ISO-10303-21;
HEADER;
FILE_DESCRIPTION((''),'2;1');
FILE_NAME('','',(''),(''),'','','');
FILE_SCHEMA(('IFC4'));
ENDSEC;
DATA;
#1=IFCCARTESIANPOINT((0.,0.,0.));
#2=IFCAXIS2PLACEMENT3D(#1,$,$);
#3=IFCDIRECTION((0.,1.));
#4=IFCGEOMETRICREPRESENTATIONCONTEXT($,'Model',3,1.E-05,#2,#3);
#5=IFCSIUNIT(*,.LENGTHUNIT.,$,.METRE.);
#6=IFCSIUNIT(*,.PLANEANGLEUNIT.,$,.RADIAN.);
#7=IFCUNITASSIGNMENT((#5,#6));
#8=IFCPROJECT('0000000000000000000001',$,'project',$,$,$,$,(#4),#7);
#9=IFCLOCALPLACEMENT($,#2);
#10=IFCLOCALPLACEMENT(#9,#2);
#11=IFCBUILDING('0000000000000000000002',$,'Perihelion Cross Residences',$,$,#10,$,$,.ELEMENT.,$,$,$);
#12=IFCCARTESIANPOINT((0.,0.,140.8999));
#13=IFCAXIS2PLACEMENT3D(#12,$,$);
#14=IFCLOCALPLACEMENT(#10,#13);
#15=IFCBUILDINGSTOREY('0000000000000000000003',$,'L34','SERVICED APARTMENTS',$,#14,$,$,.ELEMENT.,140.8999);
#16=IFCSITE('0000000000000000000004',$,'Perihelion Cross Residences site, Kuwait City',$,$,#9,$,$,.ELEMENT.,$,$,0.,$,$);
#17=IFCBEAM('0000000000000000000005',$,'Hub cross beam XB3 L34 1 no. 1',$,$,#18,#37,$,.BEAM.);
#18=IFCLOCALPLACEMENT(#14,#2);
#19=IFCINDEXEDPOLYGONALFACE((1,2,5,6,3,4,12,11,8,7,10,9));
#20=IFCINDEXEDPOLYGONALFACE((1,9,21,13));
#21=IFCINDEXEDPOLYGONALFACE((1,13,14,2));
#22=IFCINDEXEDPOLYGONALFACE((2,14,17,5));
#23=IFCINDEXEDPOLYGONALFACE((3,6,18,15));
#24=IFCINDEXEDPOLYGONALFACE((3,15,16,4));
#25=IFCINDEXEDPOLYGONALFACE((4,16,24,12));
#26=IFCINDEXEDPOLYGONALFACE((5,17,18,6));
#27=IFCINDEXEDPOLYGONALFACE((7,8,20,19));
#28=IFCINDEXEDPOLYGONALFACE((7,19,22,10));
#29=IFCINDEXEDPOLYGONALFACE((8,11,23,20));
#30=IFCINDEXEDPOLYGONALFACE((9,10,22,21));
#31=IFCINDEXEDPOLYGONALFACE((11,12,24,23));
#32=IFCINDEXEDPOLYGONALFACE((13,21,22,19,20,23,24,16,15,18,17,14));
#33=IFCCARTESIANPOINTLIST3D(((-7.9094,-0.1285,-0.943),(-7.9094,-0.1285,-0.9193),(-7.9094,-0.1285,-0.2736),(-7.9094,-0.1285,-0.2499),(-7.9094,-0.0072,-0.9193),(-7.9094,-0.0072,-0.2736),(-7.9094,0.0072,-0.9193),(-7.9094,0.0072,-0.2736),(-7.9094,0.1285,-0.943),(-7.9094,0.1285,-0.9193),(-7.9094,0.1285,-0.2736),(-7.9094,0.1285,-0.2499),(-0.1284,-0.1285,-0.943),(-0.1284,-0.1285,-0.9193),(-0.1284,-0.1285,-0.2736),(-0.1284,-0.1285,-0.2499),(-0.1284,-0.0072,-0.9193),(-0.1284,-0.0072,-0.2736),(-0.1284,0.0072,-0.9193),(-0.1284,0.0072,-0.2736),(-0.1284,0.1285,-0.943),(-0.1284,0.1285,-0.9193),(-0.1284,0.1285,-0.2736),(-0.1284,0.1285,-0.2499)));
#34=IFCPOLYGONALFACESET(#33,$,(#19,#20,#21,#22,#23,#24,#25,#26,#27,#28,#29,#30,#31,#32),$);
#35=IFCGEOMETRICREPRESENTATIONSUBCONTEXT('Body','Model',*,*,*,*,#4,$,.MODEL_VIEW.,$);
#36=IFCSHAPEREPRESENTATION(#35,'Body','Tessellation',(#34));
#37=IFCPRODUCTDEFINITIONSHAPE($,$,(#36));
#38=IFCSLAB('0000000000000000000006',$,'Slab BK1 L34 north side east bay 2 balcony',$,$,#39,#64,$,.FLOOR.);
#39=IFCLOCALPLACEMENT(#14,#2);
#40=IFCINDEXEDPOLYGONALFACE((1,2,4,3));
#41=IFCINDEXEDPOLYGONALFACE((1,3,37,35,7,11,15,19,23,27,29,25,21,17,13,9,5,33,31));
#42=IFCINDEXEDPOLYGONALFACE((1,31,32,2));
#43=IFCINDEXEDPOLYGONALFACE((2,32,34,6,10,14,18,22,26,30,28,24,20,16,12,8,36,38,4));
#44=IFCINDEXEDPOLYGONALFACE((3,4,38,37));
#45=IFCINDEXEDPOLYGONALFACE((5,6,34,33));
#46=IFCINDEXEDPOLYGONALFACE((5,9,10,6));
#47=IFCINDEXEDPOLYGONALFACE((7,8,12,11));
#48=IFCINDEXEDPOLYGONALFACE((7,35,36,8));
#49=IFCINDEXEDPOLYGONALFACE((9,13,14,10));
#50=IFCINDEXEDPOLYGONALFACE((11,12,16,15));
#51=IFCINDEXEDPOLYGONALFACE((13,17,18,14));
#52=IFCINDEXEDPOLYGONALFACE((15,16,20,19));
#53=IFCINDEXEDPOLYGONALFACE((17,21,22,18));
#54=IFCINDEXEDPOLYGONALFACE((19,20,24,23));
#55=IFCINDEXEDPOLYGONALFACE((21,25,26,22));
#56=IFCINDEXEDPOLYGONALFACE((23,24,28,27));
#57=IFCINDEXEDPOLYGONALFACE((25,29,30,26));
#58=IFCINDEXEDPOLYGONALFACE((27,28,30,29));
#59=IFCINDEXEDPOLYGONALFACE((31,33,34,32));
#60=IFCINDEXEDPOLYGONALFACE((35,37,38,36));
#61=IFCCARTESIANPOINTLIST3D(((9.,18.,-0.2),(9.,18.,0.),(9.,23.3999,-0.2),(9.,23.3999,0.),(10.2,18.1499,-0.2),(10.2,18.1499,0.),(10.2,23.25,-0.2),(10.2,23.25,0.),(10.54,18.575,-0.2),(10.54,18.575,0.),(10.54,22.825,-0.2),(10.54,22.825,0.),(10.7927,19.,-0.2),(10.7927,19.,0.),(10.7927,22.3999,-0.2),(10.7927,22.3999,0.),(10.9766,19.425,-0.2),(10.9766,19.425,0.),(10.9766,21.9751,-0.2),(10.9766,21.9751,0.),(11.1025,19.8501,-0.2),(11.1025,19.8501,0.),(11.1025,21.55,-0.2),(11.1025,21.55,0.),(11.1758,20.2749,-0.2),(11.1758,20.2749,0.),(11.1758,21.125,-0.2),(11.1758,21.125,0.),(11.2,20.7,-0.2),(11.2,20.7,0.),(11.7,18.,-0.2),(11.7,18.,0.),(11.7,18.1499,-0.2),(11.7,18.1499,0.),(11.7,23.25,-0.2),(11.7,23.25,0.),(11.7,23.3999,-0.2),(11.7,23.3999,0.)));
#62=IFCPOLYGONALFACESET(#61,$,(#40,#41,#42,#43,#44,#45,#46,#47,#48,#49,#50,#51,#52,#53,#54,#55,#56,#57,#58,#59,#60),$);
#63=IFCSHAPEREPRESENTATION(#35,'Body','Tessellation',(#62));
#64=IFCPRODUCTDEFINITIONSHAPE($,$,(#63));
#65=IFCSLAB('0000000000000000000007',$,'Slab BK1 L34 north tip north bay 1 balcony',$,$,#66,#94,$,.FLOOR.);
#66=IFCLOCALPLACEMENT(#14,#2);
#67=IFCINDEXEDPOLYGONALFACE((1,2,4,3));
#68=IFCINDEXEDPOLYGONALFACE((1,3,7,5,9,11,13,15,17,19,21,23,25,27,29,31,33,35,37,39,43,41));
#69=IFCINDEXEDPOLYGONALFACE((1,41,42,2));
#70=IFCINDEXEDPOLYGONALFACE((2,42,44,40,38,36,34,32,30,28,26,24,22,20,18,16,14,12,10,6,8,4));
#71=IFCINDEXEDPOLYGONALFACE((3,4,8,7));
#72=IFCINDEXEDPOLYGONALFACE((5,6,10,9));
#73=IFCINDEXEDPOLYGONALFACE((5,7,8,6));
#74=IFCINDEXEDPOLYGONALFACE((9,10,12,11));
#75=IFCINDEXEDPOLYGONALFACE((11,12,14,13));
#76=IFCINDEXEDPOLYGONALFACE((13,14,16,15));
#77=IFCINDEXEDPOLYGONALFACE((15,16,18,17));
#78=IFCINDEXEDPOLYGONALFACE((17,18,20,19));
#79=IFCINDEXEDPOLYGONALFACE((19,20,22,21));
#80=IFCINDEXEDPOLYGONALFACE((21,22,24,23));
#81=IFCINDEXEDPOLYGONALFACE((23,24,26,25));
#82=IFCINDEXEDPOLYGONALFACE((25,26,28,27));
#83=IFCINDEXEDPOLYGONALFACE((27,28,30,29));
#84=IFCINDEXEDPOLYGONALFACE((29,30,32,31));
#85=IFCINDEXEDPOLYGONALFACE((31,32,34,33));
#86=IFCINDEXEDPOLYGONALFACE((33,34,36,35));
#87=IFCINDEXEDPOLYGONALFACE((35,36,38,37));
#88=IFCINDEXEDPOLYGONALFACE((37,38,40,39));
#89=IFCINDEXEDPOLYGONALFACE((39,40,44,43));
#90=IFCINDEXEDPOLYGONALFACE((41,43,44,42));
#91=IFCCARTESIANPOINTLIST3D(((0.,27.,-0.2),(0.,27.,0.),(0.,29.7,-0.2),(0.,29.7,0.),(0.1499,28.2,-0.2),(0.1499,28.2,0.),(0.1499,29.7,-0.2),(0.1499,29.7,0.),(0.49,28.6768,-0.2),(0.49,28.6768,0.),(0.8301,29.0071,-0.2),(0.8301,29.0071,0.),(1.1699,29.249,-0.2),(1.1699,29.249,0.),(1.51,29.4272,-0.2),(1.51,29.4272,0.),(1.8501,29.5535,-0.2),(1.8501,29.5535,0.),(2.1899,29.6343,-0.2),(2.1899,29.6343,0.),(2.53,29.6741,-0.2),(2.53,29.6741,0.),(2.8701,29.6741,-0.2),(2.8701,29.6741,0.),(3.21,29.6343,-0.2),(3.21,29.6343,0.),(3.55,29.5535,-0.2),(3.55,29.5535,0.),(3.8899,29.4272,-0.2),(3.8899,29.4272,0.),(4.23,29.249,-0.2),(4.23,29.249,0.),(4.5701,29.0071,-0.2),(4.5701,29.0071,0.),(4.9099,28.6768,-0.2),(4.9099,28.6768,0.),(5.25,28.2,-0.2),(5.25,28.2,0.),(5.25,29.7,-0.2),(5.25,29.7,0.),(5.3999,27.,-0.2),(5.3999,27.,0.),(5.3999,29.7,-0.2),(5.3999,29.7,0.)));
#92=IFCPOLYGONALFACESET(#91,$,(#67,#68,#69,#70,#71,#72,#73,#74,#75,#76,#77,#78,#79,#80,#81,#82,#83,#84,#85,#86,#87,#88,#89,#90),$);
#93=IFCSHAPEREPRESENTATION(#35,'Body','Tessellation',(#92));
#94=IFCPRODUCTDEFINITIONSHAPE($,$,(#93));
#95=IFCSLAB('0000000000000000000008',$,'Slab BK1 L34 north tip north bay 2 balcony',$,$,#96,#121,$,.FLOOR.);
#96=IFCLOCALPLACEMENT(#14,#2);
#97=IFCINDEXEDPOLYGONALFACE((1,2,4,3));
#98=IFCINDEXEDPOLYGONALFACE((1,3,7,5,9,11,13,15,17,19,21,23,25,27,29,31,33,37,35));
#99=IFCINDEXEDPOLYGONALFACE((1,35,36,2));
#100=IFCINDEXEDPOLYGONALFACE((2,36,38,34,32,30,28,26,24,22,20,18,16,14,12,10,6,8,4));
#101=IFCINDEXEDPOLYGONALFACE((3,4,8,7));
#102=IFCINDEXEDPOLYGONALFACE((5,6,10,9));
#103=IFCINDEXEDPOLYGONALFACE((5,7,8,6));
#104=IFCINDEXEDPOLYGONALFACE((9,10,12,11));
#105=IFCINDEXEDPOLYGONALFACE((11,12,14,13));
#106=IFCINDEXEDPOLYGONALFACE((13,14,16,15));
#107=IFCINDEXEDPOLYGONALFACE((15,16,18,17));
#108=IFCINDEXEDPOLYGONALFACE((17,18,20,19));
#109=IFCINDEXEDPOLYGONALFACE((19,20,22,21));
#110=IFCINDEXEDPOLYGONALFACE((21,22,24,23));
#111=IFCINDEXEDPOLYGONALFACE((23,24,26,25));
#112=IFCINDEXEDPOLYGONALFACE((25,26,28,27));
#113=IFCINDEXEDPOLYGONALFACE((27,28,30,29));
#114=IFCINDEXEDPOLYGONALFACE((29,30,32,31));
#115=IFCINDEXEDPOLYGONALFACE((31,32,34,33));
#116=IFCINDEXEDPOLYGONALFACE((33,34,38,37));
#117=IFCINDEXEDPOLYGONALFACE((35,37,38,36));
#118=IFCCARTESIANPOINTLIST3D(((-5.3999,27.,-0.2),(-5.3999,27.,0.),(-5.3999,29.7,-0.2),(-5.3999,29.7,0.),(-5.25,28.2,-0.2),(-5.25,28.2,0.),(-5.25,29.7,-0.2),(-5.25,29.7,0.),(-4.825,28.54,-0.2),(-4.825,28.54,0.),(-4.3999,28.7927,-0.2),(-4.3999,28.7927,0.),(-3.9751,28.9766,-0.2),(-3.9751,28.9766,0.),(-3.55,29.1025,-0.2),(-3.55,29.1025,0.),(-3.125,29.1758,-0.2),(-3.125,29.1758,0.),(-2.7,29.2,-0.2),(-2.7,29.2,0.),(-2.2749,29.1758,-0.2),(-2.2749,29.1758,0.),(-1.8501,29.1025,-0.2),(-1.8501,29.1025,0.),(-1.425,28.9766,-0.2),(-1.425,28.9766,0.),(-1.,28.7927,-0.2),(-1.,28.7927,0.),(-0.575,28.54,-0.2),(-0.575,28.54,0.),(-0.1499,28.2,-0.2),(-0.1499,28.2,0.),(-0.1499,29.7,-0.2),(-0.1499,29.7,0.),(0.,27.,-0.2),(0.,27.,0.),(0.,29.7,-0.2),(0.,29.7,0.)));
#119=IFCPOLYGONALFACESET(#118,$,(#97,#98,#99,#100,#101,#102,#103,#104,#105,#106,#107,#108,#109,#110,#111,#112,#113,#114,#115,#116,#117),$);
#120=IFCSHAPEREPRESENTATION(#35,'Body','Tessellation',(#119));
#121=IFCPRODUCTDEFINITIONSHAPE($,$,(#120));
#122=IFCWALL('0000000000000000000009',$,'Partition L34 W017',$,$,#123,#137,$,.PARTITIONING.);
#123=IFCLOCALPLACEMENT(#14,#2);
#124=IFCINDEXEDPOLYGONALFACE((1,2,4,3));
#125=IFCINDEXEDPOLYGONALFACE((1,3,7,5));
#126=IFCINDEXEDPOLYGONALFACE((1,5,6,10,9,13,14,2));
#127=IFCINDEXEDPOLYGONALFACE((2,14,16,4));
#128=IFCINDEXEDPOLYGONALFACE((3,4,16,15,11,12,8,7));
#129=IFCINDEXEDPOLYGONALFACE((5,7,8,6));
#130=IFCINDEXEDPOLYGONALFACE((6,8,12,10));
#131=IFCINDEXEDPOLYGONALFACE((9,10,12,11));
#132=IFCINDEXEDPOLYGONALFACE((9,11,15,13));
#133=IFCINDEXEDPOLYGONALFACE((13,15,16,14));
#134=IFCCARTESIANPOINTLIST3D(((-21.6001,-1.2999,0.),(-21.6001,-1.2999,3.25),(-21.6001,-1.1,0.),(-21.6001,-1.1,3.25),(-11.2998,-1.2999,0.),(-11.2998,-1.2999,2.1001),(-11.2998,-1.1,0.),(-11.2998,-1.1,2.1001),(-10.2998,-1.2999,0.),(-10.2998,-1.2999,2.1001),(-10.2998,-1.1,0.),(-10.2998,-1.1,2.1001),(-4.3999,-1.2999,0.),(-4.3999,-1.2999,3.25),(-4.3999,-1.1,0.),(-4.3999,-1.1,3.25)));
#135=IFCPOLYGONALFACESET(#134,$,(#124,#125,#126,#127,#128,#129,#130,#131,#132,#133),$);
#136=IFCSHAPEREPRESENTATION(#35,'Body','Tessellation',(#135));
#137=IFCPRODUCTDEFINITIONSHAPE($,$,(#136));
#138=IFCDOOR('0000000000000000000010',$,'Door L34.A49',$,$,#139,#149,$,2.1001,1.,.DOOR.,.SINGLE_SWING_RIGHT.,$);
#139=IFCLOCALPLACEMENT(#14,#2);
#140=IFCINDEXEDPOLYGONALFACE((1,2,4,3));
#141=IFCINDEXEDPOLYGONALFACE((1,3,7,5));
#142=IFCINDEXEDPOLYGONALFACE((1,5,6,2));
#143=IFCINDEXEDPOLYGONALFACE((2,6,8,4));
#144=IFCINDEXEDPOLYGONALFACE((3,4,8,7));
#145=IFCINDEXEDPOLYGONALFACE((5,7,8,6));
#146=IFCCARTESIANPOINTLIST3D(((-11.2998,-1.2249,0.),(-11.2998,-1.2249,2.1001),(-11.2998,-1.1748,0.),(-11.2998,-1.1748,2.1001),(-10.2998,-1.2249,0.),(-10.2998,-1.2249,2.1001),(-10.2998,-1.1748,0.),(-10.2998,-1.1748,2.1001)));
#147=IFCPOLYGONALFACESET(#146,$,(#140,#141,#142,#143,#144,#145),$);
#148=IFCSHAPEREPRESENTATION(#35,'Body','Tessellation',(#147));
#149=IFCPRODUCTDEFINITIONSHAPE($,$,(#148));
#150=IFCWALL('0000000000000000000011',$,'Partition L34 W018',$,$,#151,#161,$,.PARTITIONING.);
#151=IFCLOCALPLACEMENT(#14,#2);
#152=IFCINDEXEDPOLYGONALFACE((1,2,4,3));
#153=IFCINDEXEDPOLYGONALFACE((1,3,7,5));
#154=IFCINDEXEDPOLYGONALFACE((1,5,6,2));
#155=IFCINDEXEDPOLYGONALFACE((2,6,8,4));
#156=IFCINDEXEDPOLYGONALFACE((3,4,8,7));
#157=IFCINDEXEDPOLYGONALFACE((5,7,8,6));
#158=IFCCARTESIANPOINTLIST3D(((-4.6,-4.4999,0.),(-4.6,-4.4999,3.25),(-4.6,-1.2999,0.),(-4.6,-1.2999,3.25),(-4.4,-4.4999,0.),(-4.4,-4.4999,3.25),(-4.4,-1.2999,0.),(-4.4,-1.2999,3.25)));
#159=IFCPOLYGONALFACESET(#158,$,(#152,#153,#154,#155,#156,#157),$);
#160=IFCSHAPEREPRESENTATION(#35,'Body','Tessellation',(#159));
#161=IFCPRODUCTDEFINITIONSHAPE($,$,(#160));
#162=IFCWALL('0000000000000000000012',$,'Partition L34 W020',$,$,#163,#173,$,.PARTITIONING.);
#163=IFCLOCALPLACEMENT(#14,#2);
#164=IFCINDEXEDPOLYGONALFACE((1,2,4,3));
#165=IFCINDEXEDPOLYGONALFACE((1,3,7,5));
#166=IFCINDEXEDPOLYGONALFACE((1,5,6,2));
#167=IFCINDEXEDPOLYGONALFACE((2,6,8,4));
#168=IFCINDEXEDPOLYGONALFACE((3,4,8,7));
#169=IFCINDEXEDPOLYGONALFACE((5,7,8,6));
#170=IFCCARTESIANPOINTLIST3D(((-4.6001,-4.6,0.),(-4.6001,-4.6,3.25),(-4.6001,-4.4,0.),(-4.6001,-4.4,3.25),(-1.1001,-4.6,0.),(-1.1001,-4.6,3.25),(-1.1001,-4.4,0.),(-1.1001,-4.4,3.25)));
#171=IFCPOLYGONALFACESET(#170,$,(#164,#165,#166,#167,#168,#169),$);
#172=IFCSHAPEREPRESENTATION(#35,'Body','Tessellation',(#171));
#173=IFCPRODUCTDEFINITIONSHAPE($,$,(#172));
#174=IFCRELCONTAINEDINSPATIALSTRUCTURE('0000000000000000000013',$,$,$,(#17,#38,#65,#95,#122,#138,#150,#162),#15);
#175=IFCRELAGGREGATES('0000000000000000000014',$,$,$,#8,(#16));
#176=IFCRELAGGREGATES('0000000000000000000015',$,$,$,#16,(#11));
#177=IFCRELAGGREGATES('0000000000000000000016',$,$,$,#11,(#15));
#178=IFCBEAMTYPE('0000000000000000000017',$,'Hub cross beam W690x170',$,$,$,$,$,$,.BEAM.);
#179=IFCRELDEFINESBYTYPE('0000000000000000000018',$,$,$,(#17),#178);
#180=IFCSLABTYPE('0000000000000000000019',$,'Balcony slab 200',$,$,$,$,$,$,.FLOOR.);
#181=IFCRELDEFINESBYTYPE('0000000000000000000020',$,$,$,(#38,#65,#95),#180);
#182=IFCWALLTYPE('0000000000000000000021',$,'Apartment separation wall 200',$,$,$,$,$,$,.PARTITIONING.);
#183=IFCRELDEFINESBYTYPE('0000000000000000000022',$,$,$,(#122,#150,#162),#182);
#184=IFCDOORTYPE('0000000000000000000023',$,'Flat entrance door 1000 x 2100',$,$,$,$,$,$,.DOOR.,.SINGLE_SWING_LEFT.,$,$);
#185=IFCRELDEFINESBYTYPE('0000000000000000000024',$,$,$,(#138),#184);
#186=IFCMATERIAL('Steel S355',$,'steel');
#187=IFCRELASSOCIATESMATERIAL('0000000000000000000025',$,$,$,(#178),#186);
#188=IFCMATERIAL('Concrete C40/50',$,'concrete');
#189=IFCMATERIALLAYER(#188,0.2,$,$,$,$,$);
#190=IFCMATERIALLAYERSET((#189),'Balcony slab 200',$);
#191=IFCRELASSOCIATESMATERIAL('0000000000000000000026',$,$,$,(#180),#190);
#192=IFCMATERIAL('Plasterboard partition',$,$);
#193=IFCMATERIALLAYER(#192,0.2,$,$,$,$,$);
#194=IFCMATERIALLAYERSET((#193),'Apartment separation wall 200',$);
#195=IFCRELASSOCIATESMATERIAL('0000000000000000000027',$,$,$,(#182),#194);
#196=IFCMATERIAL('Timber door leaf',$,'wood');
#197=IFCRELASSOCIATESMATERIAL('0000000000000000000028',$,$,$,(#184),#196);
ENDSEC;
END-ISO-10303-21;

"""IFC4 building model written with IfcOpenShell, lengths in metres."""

from ifc_helpers import new_model, si_unit, direction, frame, frame_2d, origin, origin_2d, place, context, subcontext, project, spatial, polyline, rectangle, i_section, outline, extrude, material, layer, layer_set, material_profile, profile_set, type_object, element, fill, save


model = new_model("IFC4")

# Units and contexts
model_context = context("Model", 3, precision=1e-05, world=origin(), true_north=direction((0.0, 1.0)))
body_context = subcontext(model_context, "Body", "Model", "MODEL_VIEW")
ifc_project = project(units=[si_unit("LENGTHUNIT", "METRE"), si_unit("PLANEANGLEUNIT", "RADIAN")], contexts=[model_context])

# Site, building, storey
site_placement = place(None, origin())
site = spatial("IfcSite", under=ifc_project, at=site_placement, Name="Perihelion Cross Residences site, Kuwait City", CompositionType="ELEMENT", RefElevation=0.0)
building_placement = place(site_placement, origin())
building = spatial("IfcBuilding", under=site, at=building_placement, Name="Perihelion Cross Residences", CompositionType="ELEMENT")
storey_placement = place(building_placement, frame((0.0, 0.0, 140.8999)))
storey = spatial("IfcBuildingStorey", under=building, at=storey_placement, Name="L34", Description="SERVICED APARTMENTS", CompositionType="ELEMENT", Elevation=140.8999)

# Beam
ifc_material_1 = material(Name="Steel S355", Category="steel")
ifc_material_profile = material_profile(ifc_material_1, i_section(OverallWidth=0.2571, OverallDepth=0.6931, WebThickness=0.0144, FlangeThickness=0.0237, at=origin_2d()), Name="W690x170")
ifc_profile_set = profile_set([ifc_material_profile], Name="Steel S355")
beam_type = type_object("IfcBeamType", Name="Hub cross beam W690x170", PredefinedType="BEAM", material=ifc_profile_set)
beam_placement = place(storey_placement, frame((-7.9094, 0.0, -0.5964), z_axis=(1.0, 0.0, 0.0), x_axis=(0.0, 1.0, 0.0)))
element("IfcBeam", 1, at=beam_placement, inside=storey, type_object=beam_type, Name="Hub cross beam XB3 L34 1 no. 1", PredefinedType="BEAM", context=body_context, shape_type="SweptSolid", body=[
    extrude(i_section(OverallWidth=0.2571, OverallDepth=0.6931, WebThickness=0.0144, FlangeThickness=0.0237, at=origin_2d()), origin(), (0.0, 0.0, 1.0), 7.781),
])

# Slabs
ifc_material_2 = material(Name="Concrete C40/50", Category="concrete")
ifc_layer_1 = layer(ifc_material_2, 0.2)
ifc_layer_set_1 = layer_set([ifc_layer_1], Name="Balcony slab 200")
slab_type_1 = type_object("IfcSlabType", Name="Balcony slab 200", PredefinedType="FLOOR", material=ifc_layer_set_1)
slab_1_placement = place(storey_placement, frame((0.0, 0.0, -0.2)))
element("IfcSlab", 2, at=slab_1_placement, inside=storey, type_object=slab_type_1, Name="Slab BK1 L34 north side east bay 2 balcony", PredefinedType="FLOOR", context=body_context, shape_type="SweptSolid", body=[
    extrude(outline(polyline([(9.0, 18.0), (9.0, 23.3999), (11.7, 23.3999), (11.7, 23.25), (10.2, 23.25), (10.54, 22.825), (10.7927, 22.3999), (10.9766, 21.9751), (11.1025, 21.55), (11.1758, 21.125), (11.2, 20.7), (11.1758, 20.2749), (11.1025, 19.8501), (10.9766, 19.425), (10.7927, 19.0), (10.54, 18.575), (10.2, 18.1499), (11.7, 18.1499), (11.7, 18.0), (9.0, 18.0)])), origin(), (0.0, 0.0, 1.0), 0.2),
])
slab_2_placement = place(storey_placement, frame((0.0, 0.0, -0.2)))
element("IfcSlab", 3, at=slab_2_placement, inside=storey, type_object=slab_type_1, Name="Slab BK1 L34 north tip north bay 1 balcony", PredefinedType="FLOOR", context=body_context, shape_type="SweptSolid", body=[
    extrude(outline(polyline([(5.3999, 27.0), (0.0, 27.0), (0.0, 29.7), (0.1499, 29.7), (0.1499, 28.2), (0.49, 28.6768), (0.8301, 29.0071), (1.1699, 29.249), (1.51, 29.4272), (1.8501, 29.5535), (2.1899, 29.6343), (2.53, 29.6741), (2.8701, 29.6741), (3.21, 29.6343), (3.55, 29.5535), (3.8899, 29.4272), (4.23, 29.249), (4.5701, 29.0071), (4.9099, 28.6768), (5.25, 28.2), (5.25, 29.7), (5.3999, 29.7), (5.3999, 27.0)])), origin(), (0.0, 0.0, 1.0), 0.2),
])
slab_3_placement = place(storey_placement, frame((0.0, 0.0, -0.2)))
element("IfcSlab", 4, at=slab_3_placement, inside=storey, type_object=slab_type_1, Name="Slab BK1 L34 north tip north bay 2 balcony", PredefinedType="FLOOR", context=body_context, shape_type="SweptSolid", body=[
    extrude(outline(polyline([(0.0, 27.0), (-5.3999, 27.0), (-5.3999, 29.7), (-5.25, 29.7), (-5.25, 28.2), (-4.825, 28.54), (-4.3999, 28.7927), (-3.9751, 28.9766), (-3.55, 29.1025), (-3.125, 29.1758), (-2.7, 29.2), (-2.2749, 29.1758), (-1.8501, 29.1025), (-1.425, 28.9766), (-1.0, 28.7927), (-0.575, 28.54), (-0.1499, 28.2), (-0.1499, 29.7), (0.0, 29.7), (0.0, 27.0)])), origin(), (0.0, 0.0, 1.0), 0.2),
])

# Wall, opening, door
ifc_material_3 = material(Name="Plasterboard partition")
ifc_layer_2 = layer(ifc_material_3, 0.2)
ifc_layer_set_2 = layer_set([ifc_layer_2], Name="Apartment separation wall 200")
wall_type_1 = type_object("IfcWallType", Name="Apartment separation wall 200", PredefinedType="PARTITIONING", material=ifc_layer_set_2)
wall_1_placement = place(storey_placement, frame((-4.3999, -1.2, 0.0), z_axis=(0.0, 0.0, 1.0), x_axis=(-1.0, 0.0, 0.0)))
wall_1 = element("IfcWall", 5, at=wall_1_placement, inside=storey, type_object=wall_type_1, Name="Partition L34 W017", PredefinedType="PARTITIONING", context=body_context, shape_type="SweptSolid", body=[
    extrude(rectangle(XDim=17.2002, YDim=0.2, at=frame_2d((8.6001, 0.0))), origin(), (0.0, 0.0, 1.0), 3.25),
])
opening_1_placement = place(wall_1_placement, frame((5.8999, 0.0, 0.0)))
opening_1 = element("IfcOpeningElement", 6, at=opening_1_placement, cuts=wall_1, PredefinedType="OPENING", context=body_context, shape_type="SweptSolid", body=[
    extrude(rectangle(XDim=1.0, YDim=2.1001, at=frame_2d((0.5, 1.05))), frame((0.0, 0.1099, 0.0), z_axis=(0.0, -1.0, 0.0), x_axis=(1.0, 0.0, 0.0)), (0.0, 0.0, 1.0), 0.22),
])
ifc_material_4 = material(Name="Timber door leaf", Category="wood")
door_type_1 = type_object("IfcDoorType", Name="Flat entrance door 1000 x 2100", OperationType="SINGLE_SWING_LEFT", PredefinedType="DOOR", material=ifc_material_4)
door_1_placement = place(opening_1_placement, origin())
door_1 = element("IfcDoor", 7, at=door_1_placement, inside=storey, type_object=door_type_1, Name="Door L34.A49", OperationType="SINGLE_SWING_RIGHT", OverallHeight=2.1001, OverallWidth=1.0, PredefinedType="DOOR", context=body_context, shape_type="SweptSolid", body=[
    extrude(rectangle(XDim=1.0, YDim=2.1001, at=frame_2d((0.5, 1.05))), frame((0.0, 0.0249, 0.0), z_axis=(0.0, -1.0, 0.0), x_axis=(1.0, 0.0, 0.0)), (0.0, 0.0, 1.0), 0.05),
])
fill(opening_1, door_1)

# Walls
wall_2_placement = place(storey_placement, frame((-4.5, -4.5, 0.0), z_axis=(0.0, 0.0, 1.0), x_axis=(0.0, 1.0, 0.0)))
element("IfcWall", 8, at=wall_2_placement, inside=storey, type_object=wall_type_1, Name="Partition L34 W018", PredefinedType="PARTITIONING", context=body_context, shape_type="SweptSolid", body=[
    extrude(rectangle(XDim=3.2, YDim=0.2, at=frame_2d((1.6001, 0.0))), origin(), (0.0, 0.0, 1.0), 3.25),
])
wall_3_placement = place(storey_placement, frame((-1.1001, -4.5, 0.0), z_axis=(0.0, 0.0, 1.0), x_axis=(-1.0, 0.0, 0.0)))
element("IfcWall", 9, at=wall_3_placement, inside=storey, type_object=wall_type_1, Name="Partition L34 W020", PredefinedType="PARTITIONING", context=body_context, shape_type="SweptSolid", body=[
    extrude(rectangle(XDim=3.5, YDim=0.2, at=frame_2d((1.75, 0.0))), origin(), (0.0, 0.0, 1.0), 3.25),
])

save(model, "model.ifc")
